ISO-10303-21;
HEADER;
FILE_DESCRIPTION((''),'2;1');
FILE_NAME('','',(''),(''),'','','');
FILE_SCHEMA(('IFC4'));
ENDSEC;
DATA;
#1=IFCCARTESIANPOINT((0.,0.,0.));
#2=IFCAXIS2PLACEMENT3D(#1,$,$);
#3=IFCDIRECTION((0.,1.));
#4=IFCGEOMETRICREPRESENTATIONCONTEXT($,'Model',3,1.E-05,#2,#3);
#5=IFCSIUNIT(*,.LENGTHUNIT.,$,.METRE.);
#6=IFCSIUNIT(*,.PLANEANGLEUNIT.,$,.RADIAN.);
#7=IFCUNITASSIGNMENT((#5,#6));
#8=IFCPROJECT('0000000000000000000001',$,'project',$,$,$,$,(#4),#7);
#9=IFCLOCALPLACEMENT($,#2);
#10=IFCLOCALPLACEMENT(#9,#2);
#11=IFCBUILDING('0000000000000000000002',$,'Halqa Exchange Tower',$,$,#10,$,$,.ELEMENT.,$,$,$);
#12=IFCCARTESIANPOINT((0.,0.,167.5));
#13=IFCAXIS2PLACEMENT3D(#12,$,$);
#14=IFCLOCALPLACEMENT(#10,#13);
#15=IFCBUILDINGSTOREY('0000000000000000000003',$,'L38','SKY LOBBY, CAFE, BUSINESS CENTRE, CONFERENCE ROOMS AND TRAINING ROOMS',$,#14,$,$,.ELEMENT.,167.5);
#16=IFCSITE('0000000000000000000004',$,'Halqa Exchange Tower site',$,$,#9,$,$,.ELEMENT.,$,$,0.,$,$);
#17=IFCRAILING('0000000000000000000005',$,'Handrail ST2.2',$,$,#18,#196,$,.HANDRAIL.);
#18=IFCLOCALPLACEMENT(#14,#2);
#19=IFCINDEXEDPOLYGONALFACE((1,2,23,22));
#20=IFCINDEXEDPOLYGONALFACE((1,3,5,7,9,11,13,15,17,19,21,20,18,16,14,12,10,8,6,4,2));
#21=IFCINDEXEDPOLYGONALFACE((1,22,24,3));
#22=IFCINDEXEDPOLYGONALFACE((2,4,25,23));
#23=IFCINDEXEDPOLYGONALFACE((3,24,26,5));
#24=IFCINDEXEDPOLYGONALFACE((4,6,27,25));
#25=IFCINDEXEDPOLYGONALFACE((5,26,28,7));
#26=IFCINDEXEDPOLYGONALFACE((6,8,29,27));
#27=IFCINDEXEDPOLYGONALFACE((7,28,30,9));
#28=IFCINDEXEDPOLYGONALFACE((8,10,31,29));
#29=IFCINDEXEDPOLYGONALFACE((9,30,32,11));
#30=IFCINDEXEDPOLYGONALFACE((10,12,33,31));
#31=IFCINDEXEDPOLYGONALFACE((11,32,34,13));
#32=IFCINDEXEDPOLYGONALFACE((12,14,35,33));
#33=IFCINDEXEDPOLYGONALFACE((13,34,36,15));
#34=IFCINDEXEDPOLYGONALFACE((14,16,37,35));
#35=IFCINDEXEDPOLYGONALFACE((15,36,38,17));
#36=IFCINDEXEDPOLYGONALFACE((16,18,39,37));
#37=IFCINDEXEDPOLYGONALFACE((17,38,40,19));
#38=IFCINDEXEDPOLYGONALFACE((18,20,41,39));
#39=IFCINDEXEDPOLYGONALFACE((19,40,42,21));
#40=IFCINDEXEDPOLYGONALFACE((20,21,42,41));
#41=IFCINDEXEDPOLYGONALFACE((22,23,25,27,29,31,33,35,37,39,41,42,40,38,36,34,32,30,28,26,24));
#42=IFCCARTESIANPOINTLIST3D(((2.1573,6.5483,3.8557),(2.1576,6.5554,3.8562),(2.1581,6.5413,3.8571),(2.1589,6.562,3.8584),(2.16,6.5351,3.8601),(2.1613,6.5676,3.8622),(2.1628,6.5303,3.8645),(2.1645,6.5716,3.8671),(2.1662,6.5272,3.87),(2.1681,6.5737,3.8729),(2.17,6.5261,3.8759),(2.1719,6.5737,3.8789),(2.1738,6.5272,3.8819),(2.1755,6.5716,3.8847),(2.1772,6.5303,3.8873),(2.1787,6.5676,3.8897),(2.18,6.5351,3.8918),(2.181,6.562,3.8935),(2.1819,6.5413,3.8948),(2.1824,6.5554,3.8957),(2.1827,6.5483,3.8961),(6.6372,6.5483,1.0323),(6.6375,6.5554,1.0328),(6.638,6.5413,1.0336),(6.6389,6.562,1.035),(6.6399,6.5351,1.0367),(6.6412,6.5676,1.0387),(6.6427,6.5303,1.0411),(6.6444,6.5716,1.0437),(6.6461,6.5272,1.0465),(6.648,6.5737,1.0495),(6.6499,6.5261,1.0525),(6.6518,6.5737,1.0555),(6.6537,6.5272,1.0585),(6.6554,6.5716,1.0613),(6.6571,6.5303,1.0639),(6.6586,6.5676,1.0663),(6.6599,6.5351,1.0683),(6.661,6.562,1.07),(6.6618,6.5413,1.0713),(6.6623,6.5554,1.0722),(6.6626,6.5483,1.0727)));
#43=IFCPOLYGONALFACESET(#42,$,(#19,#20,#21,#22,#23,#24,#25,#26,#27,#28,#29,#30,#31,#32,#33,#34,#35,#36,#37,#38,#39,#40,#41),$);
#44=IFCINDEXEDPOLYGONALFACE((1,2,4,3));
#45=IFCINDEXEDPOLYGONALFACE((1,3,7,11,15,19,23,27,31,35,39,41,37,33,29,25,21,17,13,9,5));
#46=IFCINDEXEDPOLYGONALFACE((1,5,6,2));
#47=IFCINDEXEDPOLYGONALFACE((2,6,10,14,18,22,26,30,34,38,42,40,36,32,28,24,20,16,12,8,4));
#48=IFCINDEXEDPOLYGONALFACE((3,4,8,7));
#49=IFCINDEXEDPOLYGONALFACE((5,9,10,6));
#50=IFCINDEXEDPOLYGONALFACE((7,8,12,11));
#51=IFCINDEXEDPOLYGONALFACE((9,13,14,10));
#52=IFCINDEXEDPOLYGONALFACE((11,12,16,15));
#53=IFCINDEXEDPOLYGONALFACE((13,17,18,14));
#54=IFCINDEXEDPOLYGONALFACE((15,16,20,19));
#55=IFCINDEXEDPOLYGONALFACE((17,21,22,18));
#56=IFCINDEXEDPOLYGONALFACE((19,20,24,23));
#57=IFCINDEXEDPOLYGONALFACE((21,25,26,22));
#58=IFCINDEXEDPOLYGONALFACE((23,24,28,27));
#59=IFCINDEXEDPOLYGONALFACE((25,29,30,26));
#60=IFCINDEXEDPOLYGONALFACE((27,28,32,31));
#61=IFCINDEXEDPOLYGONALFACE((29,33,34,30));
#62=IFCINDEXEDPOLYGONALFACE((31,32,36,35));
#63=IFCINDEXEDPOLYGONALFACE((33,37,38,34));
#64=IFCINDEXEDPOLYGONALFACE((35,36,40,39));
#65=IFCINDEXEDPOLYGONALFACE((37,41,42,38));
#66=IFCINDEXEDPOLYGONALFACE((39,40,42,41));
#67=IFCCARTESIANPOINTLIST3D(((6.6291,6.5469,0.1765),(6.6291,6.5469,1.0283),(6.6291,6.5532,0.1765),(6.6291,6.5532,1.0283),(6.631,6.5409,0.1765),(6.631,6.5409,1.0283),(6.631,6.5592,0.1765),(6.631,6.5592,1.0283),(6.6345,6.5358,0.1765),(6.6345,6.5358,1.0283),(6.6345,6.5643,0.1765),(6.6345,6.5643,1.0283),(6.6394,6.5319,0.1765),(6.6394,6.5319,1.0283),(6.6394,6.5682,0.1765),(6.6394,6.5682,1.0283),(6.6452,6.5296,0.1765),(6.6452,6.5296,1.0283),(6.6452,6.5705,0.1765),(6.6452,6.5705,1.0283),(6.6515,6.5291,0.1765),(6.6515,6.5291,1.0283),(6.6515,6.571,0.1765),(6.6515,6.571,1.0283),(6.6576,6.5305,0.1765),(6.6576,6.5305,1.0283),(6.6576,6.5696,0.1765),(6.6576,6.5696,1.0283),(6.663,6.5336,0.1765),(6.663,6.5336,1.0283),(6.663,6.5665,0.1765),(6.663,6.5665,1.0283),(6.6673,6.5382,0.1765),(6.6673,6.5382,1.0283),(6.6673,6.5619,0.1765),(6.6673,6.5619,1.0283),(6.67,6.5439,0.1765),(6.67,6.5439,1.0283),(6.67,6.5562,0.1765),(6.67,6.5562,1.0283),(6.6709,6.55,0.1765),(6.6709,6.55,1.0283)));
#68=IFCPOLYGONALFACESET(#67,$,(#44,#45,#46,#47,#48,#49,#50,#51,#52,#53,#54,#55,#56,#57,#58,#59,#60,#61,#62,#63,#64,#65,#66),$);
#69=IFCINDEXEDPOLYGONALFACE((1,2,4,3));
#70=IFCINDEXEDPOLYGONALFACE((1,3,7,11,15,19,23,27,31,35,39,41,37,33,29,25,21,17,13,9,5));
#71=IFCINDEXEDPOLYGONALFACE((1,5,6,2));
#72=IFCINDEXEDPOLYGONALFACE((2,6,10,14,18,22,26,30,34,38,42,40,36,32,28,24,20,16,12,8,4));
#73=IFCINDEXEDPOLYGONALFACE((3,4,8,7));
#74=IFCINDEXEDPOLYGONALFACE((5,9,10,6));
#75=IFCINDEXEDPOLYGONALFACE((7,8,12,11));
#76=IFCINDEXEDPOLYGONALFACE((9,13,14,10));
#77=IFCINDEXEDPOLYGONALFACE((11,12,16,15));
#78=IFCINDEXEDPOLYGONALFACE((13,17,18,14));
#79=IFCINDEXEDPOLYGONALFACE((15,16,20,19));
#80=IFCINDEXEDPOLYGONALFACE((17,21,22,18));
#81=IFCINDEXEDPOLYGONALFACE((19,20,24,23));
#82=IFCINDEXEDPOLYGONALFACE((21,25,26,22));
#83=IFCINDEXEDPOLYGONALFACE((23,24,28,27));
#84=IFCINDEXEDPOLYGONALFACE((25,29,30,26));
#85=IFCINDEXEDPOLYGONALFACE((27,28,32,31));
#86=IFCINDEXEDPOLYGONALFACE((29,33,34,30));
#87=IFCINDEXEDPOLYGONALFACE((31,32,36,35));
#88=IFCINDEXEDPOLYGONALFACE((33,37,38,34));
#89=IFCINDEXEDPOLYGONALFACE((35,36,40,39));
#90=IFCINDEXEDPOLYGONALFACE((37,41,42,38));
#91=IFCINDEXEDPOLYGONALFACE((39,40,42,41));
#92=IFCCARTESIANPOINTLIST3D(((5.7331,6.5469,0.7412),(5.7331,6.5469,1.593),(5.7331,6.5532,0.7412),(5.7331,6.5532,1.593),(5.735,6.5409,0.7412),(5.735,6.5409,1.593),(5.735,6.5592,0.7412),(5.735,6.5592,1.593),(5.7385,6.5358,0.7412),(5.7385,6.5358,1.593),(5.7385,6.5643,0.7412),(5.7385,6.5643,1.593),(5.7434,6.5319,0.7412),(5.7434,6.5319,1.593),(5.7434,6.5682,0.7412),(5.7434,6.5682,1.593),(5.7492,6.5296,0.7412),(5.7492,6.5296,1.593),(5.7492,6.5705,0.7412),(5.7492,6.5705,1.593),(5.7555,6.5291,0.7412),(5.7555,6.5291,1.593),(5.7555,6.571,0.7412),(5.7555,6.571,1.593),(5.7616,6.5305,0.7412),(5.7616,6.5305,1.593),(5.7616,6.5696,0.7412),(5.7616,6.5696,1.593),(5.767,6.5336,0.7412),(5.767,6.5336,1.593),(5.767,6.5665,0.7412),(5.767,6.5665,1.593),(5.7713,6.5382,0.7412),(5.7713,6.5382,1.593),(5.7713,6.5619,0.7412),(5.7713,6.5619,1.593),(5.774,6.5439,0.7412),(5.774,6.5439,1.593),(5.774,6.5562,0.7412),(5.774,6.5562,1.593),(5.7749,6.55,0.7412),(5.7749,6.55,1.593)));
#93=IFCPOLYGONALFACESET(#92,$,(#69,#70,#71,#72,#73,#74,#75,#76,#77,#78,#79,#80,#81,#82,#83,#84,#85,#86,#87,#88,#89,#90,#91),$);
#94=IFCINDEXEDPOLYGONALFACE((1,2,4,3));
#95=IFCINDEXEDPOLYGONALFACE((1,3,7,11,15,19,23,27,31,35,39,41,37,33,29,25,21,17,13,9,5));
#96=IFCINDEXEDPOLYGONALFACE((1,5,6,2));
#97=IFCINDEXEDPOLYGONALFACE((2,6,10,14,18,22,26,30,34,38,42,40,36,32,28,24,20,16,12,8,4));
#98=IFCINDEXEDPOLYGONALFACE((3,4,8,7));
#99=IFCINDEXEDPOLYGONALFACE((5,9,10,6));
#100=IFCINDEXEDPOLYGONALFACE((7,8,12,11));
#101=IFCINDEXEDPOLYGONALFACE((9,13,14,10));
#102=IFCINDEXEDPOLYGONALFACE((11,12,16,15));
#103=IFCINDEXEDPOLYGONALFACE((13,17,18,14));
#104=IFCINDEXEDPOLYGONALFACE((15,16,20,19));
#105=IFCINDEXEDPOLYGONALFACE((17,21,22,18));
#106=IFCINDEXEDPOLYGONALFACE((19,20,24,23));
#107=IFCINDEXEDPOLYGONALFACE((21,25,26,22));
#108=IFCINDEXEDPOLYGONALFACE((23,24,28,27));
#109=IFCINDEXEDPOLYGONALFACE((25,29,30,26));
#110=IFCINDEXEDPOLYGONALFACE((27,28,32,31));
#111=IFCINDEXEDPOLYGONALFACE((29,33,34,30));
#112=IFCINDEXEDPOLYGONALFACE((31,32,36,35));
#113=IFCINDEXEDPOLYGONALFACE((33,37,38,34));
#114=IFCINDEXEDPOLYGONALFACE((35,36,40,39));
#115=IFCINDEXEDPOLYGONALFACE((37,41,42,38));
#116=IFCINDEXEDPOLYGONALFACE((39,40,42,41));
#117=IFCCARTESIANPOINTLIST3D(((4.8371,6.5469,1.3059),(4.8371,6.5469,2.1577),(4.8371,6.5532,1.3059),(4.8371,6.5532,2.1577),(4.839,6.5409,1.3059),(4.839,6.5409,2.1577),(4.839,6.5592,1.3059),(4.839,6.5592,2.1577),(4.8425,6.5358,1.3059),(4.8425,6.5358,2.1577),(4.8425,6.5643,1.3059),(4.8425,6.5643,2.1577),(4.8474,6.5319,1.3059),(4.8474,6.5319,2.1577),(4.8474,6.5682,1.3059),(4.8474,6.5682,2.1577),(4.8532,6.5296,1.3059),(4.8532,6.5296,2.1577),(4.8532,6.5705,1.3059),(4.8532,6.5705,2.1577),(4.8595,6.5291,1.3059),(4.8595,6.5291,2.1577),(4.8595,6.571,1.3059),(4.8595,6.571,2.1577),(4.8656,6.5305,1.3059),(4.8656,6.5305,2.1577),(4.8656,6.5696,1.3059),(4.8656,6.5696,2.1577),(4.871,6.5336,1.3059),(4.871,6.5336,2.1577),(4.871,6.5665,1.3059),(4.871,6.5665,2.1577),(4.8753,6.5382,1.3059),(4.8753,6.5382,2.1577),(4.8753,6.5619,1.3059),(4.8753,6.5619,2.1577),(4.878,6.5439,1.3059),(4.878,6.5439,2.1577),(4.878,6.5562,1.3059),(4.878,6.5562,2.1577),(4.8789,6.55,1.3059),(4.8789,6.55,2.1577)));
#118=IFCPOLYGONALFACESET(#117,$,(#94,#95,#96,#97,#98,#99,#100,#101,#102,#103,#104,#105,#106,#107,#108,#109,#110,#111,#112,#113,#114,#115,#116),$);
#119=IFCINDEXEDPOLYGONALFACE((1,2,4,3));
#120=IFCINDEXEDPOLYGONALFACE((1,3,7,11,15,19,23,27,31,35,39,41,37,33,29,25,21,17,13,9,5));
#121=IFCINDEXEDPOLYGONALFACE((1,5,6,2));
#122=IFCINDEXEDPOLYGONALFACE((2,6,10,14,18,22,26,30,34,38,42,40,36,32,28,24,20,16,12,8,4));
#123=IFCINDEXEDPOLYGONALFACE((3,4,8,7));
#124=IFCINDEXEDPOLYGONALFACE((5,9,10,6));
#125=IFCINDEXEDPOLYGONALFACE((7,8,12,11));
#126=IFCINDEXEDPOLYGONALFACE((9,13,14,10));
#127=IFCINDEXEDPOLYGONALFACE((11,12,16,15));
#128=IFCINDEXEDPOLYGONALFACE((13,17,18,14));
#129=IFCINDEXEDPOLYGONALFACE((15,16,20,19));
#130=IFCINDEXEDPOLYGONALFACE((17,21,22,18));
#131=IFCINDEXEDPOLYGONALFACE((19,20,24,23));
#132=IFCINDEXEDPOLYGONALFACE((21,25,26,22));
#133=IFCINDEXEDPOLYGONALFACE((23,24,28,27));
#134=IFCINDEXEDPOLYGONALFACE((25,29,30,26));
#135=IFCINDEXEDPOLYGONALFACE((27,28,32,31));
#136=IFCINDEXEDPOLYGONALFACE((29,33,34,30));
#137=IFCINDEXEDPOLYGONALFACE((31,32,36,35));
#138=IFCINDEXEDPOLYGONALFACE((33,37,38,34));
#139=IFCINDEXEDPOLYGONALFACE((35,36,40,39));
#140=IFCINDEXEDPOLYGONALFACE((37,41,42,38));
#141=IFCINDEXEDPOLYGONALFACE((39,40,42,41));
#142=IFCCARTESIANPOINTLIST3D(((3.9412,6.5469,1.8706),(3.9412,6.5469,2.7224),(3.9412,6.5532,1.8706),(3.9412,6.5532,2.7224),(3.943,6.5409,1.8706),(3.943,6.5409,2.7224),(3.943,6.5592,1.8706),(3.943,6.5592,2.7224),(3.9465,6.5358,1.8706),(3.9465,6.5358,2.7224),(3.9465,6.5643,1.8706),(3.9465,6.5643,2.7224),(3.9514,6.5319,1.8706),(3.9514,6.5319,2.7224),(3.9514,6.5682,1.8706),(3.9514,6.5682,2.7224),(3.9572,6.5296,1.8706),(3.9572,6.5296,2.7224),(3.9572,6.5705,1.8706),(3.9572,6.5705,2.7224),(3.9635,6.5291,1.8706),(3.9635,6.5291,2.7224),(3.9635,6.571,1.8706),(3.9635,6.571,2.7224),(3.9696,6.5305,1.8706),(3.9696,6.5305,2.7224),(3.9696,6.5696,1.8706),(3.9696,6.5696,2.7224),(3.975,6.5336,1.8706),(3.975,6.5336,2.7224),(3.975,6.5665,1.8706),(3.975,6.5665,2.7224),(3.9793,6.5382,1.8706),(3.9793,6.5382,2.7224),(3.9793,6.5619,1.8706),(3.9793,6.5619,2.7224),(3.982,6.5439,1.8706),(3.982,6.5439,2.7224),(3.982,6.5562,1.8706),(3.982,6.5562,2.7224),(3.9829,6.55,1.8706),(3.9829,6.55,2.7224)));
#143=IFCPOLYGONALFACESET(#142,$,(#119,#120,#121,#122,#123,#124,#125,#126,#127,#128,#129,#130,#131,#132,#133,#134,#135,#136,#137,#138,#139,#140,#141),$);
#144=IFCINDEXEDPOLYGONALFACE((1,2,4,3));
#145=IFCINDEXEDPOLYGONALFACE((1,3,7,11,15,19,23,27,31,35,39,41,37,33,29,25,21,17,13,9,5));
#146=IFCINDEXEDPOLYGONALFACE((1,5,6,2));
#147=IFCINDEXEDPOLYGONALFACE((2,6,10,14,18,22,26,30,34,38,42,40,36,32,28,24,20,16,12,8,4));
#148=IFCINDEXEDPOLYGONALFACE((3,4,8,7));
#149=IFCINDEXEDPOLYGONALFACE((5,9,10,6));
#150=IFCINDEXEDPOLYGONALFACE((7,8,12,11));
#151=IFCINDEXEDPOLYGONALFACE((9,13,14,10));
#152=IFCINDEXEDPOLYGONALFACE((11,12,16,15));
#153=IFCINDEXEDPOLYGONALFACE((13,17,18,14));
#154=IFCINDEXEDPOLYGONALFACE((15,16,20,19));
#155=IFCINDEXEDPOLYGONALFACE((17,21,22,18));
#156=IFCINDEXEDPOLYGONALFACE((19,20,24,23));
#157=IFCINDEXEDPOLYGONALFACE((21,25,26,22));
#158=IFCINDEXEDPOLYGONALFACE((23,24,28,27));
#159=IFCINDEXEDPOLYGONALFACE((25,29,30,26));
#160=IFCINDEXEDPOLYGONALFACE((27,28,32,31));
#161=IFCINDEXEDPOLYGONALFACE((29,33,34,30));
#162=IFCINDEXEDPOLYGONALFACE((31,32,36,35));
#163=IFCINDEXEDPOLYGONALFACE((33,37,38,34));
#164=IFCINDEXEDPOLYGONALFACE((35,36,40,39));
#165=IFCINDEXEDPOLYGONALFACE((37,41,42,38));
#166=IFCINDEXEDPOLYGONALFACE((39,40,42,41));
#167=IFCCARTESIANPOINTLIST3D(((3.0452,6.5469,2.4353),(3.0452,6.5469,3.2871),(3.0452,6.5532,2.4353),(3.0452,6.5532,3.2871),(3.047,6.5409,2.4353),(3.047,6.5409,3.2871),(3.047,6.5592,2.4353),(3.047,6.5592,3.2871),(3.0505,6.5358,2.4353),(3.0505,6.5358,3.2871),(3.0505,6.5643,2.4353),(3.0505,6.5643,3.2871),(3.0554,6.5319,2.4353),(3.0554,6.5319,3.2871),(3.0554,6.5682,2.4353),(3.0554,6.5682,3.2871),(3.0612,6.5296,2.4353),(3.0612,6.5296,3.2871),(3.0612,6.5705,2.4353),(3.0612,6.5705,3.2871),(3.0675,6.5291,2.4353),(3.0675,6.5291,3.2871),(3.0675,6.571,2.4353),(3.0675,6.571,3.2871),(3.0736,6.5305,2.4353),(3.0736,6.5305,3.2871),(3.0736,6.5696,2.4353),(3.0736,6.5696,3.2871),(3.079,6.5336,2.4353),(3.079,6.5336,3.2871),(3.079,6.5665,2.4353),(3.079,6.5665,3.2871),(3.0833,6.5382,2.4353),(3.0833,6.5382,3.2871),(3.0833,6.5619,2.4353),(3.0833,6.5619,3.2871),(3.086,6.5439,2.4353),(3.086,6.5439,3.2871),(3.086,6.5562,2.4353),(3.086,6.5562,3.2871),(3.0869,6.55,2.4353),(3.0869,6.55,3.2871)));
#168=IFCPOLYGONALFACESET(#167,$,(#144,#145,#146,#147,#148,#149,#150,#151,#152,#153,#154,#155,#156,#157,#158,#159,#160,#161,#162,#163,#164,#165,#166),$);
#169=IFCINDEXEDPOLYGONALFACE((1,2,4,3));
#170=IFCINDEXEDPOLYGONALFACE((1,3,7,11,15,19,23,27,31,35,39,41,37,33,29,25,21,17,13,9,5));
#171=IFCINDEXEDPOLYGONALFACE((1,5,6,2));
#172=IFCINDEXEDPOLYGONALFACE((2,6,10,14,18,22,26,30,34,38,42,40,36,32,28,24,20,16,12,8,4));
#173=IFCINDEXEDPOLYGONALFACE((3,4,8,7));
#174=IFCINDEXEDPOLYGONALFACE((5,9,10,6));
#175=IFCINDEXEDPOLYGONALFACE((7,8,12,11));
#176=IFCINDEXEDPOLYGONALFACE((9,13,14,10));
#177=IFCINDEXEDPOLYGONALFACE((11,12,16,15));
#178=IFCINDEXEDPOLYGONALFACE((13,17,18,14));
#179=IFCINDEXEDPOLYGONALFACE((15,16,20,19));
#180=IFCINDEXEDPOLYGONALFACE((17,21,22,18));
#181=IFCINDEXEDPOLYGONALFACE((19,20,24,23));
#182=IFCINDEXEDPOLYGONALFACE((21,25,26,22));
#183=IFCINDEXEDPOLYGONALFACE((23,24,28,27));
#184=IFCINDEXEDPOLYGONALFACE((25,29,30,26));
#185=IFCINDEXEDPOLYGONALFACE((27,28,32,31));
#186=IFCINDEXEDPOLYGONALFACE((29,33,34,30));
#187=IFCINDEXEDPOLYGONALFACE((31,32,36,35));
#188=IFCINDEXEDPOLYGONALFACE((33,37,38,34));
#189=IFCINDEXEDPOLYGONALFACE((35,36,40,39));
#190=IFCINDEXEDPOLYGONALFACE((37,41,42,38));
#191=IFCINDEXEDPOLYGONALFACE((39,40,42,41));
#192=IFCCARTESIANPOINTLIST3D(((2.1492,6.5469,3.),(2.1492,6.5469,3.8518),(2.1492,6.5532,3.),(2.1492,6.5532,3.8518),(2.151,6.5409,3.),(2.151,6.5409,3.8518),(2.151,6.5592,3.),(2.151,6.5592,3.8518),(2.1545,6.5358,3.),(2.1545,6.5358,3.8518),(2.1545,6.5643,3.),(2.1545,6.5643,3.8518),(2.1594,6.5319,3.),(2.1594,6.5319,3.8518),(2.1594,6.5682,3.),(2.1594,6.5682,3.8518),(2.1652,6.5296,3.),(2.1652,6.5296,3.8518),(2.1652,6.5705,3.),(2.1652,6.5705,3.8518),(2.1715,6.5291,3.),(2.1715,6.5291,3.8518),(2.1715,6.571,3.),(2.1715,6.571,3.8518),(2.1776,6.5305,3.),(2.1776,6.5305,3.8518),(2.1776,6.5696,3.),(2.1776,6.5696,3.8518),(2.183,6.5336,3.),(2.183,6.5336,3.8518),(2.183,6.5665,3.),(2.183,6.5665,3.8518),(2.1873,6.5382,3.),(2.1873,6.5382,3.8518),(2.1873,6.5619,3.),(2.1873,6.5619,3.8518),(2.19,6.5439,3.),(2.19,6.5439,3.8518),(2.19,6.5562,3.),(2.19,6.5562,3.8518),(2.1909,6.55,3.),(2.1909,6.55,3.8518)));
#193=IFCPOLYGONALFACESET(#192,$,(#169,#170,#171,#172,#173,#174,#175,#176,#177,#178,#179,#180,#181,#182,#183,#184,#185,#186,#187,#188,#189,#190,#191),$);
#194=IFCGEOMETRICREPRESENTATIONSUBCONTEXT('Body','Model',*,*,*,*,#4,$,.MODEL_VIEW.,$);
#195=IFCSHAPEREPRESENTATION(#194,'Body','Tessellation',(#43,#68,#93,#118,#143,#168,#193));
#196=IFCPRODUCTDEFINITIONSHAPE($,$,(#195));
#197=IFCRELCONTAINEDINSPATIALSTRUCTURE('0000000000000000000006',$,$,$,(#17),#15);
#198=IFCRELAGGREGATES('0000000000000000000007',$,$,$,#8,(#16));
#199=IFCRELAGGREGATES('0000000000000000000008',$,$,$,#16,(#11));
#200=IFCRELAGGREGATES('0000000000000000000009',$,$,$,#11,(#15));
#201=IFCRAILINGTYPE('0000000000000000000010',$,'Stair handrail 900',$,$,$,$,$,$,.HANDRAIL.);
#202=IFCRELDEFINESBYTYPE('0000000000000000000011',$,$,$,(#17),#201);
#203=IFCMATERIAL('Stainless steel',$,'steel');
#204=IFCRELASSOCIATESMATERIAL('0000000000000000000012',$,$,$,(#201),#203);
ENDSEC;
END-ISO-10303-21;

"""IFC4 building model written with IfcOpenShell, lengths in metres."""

from ifc_helpers import new_model, si_unit, direction, frame, origin, origin_2d, place, context, subcontext, project, spatial, circle, extrude, material, type_object, element, save


model = new_model("IFC4")

# Units and contexts
model_context = context("Model", 3, precision=1e-05, world=origin(), true_north=direction((0.0, 1.0)))
body_context = subcontext(model_context, "Body", "Model", "MODEL_VIEW")
ifc_project = project(units=[si_unit("LENGTHUNIT", "METRE"), si_unit("PLANEANGLEUNIT", "RADIAN")], contexts=[model_context])

# Site, building, storey
site_placement = place(None, origin())
site = spatial("IfcSite", under=ifc_project, at=site_placement, Name="Halqa Exchange Tower site", CompositionType="ELEMENT", RefElevation=0.0)
building_placement = place(site_placement, origin())
building = spatial("IfcBuilding", under=site, at=building_placement, Name="Halqa Exchange Tower", CompositionType="ELEMENT")
storey_placement = place(building_placement, frame((0.0, 0.0, 167.5)))
storey = spatial("IfcBuildingStorey", under=building, at=storey_placement, Name="L38", Description="SKY LOBBY, CAFE, BUSINESS CENTRE, CONFERENCE ROOMS AND TRAINING ROOMS", CompositionType="ELEMENT", Elevation=167.5)

# Railing
ifc_material_1 = material(Name="Stainless steel", Category="steel")
railing_type_1 = type_object("IfcRailingType", Name="Stair handrail 900", PredefinedType="HANDRAIL", material=ifc_material_1)
railing_1_placement = place(storey_placement, frame((6.6499, 6.55, 0.1765)))
element("IfcRailing", 1, at=railing_1_placement, inside=storey, type_object=railing_type_1, Name="Handrail ST2.2", PredefinedType="HANDRAIL", context=body_context, shape_type="SweptSolid", body=[
    extrude(circle(Radius=0.0239, at=origin_2d()), frame((0.0, 0.0, 0.876), z_axis=(-0.845998, 0.0, 0.533186), x_axis=(0.0, -1.0, 0.0)), (0.0, 0.0, 1.0), 5.2954),
    extrude(circle(Radius=0.021, at=origin_2d()), origin(), (0.0, 0.0, 1.0), 0.8518),
    extrude(circle(Radius=0.021, at=origin_2d()), frame((-0.896, 0.0, 0.5647)), (0.0, 0.0, 1.0), 0.8518),
    extrude(circle(Radius=0.021, at=origin_2d()), frame((-1.792, 0.0, 1.1294)), (0.0, 0.0, 1.0), 0.8518),
    extrude(circle(Radius=0.021, at=origin_2d()), frame((-2.688, 0.0, 1.6941)), (0.0, 0.0, 1.0), 0.8518),
    extrude(circle(Radius=0.021, at=origin_2d()), frame((-3.584, 0.0, 2.2588)), (0.0, 0.0, 1.0), 0.8518),
    extrude(circle(Radius=0.021, at=origin_2d()), frame((-4.48, 0.0, 2.8235)), (0.0, 0.0, 1.0), 0.8518),
])

save(model, "model.ifc")
